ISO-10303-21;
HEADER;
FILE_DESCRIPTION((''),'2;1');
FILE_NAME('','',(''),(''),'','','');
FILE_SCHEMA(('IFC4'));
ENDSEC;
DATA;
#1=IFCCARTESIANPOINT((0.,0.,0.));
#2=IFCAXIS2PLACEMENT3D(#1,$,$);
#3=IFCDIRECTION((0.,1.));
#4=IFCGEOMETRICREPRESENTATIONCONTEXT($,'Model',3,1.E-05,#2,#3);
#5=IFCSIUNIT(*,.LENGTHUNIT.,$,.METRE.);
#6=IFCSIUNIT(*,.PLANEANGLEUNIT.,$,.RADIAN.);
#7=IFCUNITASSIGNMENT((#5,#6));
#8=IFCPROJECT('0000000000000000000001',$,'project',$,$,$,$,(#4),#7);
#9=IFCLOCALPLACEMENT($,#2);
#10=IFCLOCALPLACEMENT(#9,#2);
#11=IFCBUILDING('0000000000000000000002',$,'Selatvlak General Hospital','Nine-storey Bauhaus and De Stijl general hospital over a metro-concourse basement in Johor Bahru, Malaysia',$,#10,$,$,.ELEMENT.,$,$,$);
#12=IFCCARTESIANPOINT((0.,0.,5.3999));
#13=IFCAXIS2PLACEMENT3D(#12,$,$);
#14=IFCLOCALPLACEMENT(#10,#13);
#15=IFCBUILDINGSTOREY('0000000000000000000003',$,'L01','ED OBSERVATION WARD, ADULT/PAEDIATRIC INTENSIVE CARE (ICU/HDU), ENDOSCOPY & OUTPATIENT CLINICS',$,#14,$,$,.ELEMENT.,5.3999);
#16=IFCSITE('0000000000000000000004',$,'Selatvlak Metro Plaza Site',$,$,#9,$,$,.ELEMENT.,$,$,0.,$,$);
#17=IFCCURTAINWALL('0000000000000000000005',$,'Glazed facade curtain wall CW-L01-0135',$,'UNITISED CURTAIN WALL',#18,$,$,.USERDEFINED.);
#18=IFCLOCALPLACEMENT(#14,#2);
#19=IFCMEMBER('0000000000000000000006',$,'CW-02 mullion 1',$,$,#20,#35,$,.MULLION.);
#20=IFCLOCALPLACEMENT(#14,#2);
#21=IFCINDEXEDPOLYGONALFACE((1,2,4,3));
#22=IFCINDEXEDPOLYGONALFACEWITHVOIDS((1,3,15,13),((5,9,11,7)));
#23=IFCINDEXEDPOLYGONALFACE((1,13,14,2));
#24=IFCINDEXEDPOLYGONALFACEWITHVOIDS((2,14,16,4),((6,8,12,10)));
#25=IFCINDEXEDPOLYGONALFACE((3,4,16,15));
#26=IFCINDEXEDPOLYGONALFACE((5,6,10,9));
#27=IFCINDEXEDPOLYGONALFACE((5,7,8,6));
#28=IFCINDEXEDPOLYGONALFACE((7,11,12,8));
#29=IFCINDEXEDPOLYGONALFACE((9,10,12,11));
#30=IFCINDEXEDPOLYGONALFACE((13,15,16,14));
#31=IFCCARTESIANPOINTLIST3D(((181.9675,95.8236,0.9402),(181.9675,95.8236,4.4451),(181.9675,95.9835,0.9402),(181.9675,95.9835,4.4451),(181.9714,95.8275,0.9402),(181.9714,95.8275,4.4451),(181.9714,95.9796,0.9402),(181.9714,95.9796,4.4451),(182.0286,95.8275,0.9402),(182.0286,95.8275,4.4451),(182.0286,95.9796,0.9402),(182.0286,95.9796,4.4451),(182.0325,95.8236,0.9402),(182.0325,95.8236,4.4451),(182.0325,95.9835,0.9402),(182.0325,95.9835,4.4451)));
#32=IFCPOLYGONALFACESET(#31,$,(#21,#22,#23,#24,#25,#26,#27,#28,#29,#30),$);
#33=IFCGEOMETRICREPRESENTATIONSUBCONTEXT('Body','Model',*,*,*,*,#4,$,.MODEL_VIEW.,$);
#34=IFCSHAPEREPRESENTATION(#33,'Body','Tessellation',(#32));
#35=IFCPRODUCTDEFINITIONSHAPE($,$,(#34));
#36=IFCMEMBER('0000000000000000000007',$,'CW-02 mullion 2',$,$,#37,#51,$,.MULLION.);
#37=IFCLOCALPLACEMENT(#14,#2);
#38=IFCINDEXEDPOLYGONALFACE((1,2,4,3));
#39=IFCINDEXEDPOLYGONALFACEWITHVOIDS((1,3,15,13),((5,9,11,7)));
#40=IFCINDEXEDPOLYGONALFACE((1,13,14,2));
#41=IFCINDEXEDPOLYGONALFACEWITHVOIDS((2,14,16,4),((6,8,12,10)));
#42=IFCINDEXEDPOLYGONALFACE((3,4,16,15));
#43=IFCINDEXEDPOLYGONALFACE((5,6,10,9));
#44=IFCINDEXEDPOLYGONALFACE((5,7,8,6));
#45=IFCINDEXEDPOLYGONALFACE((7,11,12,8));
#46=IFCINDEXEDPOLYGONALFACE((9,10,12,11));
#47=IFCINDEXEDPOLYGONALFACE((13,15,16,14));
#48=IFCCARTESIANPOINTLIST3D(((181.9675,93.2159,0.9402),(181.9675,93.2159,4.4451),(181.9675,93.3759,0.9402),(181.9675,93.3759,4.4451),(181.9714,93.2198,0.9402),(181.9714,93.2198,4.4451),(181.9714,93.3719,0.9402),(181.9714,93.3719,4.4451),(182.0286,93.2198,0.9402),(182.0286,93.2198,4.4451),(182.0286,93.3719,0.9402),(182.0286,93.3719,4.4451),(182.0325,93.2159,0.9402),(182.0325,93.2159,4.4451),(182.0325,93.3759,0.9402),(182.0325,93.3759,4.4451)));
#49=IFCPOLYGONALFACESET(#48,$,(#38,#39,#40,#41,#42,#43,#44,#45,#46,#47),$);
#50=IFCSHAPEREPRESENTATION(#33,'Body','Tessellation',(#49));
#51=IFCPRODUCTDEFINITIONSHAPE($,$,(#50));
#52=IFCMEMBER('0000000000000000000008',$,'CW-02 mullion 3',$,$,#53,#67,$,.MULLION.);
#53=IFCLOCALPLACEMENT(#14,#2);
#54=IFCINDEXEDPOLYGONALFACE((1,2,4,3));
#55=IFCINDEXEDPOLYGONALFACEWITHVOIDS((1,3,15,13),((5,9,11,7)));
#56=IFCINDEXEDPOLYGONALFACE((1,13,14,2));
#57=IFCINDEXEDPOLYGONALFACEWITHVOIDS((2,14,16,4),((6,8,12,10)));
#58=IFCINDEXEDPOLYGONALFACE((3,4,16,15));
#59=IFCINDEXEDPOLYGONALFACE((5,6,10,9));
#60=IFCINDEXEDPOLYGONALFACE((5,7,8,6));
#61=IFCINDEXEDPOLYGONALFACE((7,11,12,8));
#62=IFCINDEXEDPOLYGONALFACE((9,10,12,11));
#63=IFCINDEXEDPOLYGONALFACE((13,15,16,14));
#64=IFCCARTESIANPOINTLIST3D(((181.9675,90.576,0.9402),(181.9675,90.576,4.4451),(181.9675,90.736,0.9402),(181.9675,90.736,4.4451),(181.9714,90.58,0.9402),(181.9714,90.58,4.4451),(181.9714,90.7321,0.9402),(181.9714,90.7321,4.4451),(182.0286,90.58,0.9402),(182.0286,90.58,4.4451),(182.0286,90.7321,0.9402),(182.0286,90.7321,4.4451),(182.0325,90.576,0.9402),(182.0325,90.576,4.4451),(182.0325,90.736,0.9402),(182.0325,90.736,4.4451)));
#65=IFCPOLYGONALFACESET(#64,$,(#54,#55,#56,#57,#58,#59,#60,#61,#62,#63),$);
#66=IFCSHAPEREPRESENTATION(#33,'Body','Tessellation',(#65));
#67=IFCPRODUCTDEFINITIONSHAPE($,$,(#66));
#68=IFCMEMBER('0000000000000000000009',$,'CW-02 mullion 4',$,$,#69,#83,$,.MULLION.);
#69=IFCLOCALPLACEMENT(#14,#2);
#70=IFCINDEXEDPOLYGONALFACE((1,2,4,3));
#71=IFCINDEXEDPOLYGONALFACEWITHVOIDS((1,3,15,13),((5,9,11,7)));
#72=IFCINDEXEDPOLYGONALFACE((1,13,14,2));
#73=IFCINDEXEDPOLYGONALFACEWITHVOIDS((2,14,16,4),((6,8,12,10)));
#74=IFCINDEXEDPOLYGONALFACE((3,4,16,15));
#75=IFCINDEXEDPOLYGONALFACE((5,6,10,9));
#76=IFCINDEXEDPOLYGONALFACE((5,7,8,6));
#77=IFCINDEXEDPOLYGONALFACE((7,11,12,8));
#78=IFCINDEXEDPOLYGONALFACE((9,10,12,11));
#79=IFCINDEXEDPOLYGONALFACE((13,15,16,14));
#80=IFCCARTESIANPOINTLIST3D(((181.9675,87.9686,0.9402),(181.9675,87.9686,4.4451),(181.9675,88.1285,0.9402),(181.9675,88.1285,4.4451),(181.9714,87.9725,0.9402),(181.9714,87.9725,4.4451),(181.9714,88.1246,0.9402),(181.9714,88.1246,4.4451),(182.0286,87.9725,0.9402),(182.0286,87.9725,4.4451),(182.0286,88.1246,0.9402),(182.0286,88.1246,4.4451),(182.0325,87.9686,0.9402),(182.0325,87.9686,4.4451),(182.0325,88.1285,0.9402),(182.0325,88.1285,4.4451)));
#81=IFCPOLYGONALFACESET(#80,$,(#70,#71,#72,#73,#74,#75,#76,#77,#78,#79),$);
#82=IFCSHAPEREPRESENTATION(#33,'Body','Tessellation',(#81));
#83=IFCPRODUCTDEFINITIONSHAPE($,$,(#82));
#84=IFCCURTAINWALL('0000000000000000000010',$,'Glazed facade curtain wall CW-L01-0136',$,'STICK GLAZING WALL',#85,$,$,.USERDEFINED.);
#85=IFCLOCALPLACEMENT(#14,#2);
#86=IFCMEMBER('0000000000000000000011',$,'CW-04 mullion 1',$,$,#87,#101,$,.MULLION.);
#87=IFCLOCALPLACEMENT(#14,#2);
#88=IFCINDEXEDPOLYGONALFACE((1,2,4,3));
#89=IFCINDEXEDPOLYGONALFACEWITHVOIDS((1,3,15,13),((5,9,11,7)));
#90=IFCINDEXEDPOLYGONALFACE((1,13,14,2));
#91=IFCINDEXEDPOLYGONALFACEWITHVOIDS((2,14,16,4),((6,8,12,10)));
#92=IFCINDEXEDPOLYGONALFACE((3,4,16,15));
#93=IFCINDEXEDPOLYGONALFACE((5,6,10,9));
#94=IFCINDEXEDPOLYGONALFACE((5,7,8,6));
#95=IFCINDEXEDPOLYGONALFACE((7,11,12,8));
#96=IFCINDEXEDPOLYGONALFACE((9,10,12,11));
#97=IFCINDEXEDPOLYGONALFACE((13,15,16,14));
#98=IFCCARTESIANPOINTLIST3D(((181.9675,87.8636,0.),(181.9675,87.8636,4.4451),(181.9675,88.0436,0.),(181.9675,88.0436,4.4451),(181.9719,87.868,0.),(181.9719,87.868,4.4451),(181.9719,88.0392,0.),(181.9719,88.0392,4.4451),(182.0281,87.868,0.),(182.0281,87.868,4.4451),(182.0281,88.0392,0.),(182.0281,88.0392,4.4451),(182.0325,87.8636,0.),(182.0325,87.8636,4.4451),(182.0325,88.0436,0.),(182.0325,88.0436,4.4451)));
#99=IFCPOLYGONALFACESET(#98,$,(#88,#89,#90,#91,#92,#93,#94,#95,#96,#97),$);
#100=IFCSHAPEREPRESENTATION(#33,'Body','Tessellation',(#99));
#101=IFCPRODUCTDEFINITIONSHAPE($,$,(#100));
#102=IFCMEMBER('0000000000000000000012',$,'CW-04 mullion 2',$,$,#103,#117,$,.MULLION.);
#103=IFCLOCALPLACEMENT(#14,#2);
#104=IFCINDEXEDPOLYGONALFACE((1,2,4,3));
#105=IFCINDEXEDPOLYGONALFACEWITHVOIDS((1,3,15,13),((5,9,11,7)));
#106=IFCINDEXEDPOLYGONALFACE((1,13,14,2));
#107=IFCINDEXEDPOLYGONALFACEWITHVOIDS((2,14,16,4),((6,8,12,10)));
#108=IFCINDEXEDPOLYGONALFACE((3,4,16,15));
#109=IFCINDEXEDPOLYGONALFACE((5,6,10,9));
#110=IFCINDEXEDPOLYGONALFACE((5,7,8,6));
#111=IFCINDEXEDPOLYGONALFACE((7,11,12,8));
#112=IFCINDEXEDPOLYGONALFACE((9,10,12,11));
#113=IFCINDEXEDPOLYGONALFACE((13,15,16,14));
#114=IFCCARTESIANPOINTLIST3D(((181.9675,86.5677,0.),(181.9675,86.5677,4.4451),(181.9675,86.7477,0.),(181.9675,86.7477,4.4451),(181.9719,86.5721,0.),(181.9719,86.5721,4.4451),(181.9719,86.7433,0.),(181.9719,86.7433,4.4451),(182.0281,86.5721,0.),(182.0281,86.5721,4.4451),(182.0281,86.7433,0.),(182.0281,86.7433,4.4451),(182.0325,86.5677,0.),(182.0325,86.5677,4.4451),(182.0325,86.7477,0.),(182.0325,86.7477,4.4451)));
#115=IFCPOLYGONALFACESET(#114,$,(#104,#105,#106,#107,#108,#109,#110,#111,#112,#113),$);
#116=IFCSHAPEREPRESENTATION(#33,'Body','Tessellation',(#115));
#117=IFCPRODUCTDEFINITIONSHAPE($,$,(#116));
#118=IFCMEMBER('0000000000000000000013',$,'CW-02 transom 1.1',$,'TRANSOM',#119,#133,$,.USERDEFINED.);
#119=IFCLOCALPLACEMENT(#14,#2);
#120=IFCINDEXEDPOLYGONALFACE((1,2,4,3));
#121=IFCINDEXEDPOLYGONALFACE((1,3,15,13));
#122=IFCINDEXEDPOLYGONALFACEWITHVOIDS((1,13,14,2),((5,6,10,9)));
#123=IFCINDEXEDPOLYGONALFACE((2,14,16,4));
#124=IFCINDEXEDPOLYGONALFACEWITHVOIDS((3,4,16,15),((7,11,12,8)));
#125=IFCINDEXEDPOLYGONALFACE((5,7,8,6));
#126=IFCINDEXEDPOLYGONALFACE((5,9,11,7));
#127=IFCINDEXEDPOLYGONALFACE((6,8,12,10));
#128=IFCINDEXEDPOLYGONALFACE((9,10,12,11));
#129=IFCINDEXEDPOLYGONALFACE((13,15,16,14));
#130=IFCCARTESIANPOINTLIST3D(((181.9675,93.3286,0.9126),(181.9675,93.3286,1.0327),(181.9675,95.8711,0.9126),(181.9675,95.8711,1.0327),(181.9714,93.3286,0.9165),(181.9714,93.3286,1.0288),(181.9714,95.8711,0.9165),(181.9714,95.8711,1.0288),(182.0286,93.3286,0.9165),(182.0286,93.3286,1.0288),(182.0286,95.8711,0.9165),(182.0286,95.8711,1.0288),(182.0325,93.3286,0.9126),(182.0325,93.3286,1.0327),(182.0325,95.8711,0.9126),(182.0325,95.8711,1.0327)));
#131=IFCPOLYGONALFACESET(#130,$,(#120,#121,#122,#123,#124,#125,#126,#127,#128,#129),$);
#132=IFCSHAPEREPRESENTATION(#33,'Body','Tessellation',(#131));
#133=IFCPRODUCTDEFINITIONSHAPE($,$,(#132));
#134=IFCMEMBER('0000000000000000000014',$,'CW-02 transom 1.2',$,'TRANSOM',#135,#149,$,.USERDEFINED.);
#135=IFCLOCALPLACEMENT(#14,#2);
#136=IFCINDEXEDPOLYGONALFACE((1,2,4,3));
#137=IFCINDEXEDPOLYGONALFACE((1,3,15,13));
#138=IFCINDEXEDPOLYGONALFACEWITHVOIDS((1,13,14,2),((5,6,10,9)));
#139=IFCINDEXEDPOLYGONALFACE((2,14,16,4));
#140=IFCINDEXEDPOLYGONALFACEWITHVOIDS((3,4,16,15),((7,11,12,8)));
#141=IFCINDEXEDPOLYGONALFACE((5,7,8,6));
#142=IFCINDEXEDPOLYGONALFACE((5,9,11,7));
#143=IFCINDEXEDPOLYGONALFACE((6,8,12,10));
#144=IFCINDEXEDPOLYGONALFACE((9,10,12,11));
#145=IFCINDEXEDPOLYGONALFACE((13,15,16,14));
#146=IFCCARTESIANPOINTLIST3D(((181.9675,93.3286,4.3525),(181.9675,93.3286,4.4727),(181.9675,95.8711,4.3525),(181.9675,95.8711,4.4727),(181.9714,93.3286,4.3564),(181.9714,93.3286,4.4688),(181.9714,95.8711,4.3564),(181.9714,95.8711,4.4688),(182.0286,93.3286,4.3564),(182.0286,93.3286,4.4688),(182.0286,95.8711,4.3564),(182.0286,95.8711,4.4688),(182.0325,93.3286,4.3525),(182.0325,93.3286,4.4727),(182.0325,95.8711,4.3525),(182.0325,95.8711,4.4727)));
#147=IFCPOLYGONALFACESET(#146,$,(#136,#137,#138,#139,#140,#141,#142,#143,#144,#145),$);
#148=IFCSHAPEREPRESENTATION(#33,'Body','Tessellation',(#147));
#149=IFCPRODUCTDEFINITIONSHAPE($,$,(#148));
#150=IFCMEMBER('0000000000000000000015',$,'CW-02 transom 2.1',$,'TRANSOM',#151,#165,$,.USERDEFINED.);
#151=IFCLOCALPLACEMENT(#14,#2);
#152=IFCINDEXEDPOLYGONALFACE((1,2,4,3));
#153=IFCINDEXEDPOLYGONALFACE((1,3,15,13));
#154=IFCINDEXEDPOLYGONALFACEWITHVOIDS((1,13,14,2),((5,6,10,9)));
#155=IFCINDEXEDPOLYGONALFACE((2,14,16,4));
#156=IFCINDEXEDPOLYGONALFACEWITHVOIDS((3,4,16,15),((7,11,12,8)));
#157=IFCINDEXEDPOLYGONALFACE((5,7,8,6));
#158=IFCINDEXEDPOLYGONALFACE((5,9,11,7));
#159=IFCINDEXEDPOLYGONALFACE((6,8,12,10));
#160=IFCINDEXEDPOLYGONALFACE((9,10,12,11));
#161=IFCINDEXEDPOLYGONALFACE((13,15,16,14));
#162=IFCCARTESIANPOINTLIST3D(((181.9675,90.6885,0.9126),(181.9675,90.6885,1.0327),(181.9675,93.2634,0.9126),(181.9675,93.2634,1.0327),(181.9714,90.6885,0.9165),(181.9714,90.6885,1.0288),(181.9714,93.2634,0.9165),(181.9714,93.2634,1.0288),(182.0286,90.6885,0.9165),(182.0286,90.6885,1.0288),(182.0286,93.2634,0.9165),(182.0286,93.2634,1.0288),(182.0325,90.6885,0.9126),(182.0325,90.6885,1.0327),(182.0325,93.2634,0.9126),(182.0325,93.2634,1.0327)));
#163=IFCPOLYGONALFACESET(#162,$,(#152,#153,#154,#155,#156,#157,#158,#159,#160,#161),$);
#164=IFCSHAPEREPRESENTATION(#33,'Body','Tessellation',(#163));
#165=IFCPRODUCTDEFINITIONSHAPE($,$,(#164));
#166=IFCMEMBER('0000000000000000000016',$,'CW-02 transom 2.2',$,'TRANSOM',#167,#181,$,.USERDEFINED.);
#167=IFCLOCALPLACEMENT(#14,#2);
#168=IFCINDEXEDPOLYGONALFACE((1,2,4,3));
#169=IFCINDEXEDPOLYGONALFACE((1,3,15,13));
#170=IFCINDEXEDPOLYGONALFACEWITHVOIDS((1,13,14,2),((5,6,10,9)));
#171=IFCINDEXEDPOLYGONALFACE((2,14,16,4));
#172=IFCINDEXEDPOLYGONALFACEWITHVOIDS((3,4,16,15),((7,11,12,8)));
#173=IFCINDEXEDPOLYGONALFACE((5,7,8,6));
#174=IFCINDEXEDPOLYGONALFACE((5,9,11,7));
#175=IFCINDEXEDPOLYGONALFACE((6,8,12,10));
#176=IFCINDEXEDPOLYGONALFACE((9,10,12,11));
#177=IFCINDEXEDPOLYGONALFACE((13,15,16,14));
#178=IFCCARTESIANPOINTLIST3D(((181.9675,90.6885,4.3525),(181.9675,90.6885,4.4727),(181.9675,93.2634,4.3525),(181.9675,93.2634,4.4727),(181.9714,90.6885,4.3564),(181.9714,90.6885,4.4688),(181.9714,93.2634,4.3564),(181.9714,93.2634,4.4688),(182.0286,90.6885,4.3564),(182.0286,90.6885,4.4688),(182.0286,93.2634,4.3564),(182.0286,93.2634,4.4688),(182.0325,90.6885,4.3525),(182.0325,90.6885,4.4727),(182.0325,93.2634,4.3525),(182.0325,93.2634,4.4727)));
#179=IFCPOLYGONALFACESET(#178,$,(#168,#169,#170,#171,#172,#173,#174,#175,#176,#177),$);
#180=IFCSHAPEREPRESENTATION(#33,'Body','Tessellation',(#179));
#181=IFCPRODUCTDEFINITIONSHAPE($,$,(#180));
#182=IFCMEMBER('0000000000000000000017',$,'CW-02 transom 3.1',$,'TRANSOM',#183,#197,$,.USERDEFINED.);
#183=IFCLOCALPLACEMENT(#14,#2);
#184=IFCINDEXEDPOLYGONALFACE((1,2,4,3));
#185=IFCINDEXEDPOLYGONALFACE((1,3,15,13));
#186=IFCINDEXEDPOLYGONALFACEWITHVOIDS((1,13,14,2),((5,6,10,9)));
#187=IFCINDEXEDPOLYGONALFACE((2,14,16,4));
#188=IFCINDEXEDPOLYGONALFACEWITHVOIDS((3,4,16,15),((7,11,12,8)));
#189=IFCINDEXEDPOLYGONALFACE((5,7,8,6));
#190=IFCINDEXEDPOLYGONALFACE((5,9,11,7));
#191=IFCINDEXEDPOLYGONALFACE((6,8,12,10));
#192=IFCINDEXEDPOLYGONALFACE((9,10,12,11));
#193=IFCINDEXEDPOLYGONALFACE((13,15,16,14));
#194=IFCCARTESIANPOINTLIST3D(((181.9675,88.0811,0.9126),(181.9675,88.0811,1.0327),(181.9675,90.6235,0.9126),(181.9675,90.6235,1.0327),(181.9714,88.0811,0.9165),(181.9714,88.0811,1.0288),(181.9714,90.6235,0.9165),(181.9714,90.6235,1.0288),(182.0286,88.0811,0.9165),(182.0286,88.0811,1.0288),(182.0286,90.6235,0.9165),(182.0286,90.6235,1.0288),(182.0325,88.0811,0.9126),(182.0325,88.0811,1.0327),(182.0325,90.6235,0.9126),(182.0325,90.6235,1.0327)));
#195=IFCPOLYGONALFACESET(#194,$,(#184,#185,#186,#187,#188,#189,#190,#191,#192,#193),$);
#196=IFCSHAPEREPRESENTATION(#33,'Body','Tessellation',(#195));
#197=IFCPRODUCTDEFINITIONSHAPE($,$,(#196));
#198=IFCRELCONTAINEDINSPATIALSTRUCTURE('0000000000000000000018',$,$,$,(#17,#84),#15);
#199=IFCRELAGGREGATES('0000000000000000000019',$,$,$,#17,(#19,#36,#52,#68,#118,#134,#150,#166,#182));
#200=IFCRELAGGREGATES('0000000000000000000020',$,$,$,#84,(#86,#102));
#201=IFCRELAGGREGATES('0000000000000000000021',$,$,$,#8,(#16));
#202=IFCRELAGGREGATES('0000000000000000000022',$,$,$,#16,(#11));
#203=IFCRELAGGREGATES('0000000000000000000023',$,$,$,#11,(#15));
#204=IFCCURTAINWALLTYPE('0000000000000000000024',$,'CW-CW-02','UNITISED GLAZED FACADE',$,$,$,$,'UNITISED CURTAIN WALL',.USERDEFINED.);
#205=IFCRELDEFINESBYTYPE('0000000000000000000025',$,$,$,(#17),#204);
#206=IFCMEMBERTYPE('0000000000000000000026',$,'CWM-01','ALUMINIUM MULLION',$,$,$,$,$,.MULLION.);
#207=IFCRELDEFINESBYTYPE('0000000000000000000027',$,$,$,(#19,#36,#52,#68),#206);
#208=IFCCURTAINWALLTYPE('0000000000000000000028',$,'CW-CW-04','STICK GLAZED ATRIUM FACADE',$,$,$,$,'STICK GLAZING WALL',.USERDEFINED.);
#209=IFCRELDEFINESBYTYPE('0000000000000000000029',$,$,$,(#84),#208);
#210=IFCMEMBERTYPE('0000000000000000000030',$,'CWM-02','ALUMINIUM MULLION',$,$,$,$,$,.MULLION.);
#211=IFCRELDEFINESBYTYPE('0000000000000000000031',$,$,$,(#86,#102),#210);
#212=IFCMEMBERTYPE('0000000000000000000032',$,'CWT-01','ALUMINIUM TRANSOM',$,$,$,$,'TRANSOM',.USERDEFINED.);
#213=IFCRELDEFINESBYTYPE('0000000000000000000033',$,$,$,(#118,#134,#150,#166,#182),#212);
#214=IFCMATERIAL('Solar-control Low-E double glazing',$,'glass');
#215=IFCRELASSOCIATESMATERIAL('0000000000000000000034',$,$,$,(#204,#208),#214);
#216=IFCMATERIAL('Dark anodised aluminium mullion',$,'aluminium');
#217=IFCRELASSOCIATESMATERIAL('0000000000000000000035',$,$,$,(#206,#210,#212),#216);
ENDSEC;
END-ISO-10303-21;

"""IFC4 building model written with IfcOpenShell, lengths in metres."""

from ifc_helpers import new_model, si_unit, direction, frame, origin, origin_2d, place, context, subcontext, project, spatial, hollow_rectangle, extrude, material, material_profile, profile_set, type_object, element, aggregate, save


model = new_model("IFC4")

# Units and contexts
model_context = context("Model", 3, precision=1e-05, world=origin(), true_north=direction((0.0, 1.0)))
body_context = subcontext(model_context, "Body", "Model", "MODEL_VIEW")
ifc_project = project(units=[si_unit("LENGTHUNIT", "METRE"), si_unit("PLANEANGLEUNIT", "RADIAN")], contexts=[model_context])

# Site, building, storey
site_placement = place(None, origin())
site = spatial("IfcSite", under=ifc_project, at=site_placement, Name="Selatvlak Metro Plaza Site", CompositionType="ELEMENT", RefElevation=0.0)
building_placement = place(site_placement, origin())
building = spatial("IfcBuilding", under=site, at=building_placement, Name="Selatvlak General Hospital", Description="Nine-storey Bauhaus and De Stijl general hospital over a metro-concourse basement in Johor Bahru, Malaysia", CompositionType="ELEMENT")
storey_placement = place(building_placement, frame((0.0, 0.0, 5.3999)))
storey = spatial("IfcBuildingStorey", under=building, at=storey_placement, Name="L01", Description="ED OBSERVATION WARD, ADULT/PAEDIATRIC INTENSIVE CARE (ICU/HDU), ENDOSCOPY & OUTPATIENT CLINICS", CompositionType="ELEMENT", Elevation=5.3999)

# Curtain walls, members
ifc_material_1 = material(Name="Solar-control Low-E double glazing", Category="glass")
curtain_wall_type_1 = type_object("IfcCurtainWallType", Name="CW-CW-02", Description="UNITISED GLAZED FACADE", ElementType="UNITISED CURTAIN WALL", PredefinedType="USERDEFINED", material=ifc_material_1)
curtain_wall_1_placement = place(storey_placement, origin())
curtain_wall_1 = element("IfcCurtainWall", 1, at=curtain_wall_1_placement, inside=storey, type_object=curtain_wall_type_1, Name="Glazed facade curtain wall CW-L01-0135", ObjectType="UNITISED CURTAIN WALL", PredefinedType="USERDEFINED")
ifc_material_2 = material(Name="Dark anodised aluminium mullion", Category="aluminium")
ifc_material_profile_1 = material_profile(ifc_material_2, hollow_rectangle(XDim=0.0649, YDim=0.1599, WallThickness=0.0039, at=origin_2d()), Name="AL-MUL 65x160x4")
ifc_profile_set_1 = profile_set([ifc_material_profile_1], Name="Dark anodised aluminium mullion")
member_type_1 = type_object("IfcMemberType", Name="CWM-01", Description="ALUMINIUM MULLION", PredefinedType="MULLION", material=ifc_profile_set_1)
member_1_placement = place(storey_placement, frame((182.0, 95.9036, 0.9402), z_axis=(0.0, 0.0, 1.0), x_axis=(1.0, 0.0, 0.0)))
member_1 = element("IfcMember", 2, at=member_1_placement, type_object=member_type_1, Name="CW-02 mullion 1", PredefinedType="MULLION", context=body_context, shape_type="SweptSolid", body=[
    extrude(hollow_rectangle(XDim=0.0649, YDim=0.1599, WallThickness=0.0039, at=origin_2d()), origin(), (0.0, 0.0, 1.0), 3.5049),
])
member_2_placement = place(storey_placement, frame((182.0, 93.2959, 0.9402), z_axis=(0.0, 0.0, 1.0), x_axis=(1.0, 0.0, 0.0)))
member_2 = element("IfcMember", 3, at=member_2_placement, type_object=member_type_1, Name="CW-02 mullion 2", PredefinedType="MULLION", context=body_context, shape_type="SweptSolid", body=[
    extrude(hollow_rectangle(XDim=0.0649, YDim=0.1599, WallThickness=0.0039, at=origin_2d()), origin(), (0.0, 0.0, 1.0), 3.5049),
])
member_3_placement = place(storey_placement, frame((182.0, 90.656, 0.9402), z_axis=(0.0, 0.0, 1.0), x_axis=(1.0, 0.0, 0.0)))
member_3 = element("IfcMember", 4, at=member_3_placement, type_object=member_type_1, Name="CW-02 mullion 3", PredefinedType="MULLION", context=body_context, shape_type="SweptSolid", body=[
    extrude(hollow_rectangle(XDim=0.0649, YDim=0.1599, WallThickness=0.0039, at=origin_2d()), origin(), (0.0, 0.0, 1.0), 3.5049),
])
member_4_placement = place(storey_placement, frame((182.0, 88.0486, 0.9402), z_axis=(0.0, 0.0, 1.0), x_axis=(1.0, 0.0, 0.0)))
member_4 = element("IfcMember", 5, at=member_4_placement, type_object=member_type_1, Name="CW-02 mullion 4", PredefinedType="MULLION", context=body_context, shape_type="SweptSolid", body=[
    extrude(hollow_rectangle(XDim=0.0649, YDim=0.1599, WallThickness=0.0039, at=origin_2d()), origin(), (0.0, 0.0, 1.0), 3.5049),
])
curtain_wall_type_2 = type_object("IfcCurtainWallType", Name="CW-CW-04", Description="STICK GLAZED ATRIUM FACADE", ElementType="STICK GLAZING WALL", PredefinedType="USERDEFINED", material=ifc_material_1)
curtain_wall_2_placement = place(storey_placement, origin())
curtain_wall_2 = element("IfcCurtainWall", 6, at=curtain_wall_2_placement, inside=storey, type_object=curtain_wall_type_2, Name="Glazed facade curtain wall CW-L01-0136", ObjectType="STICK GLAZING WALL", PredefinedType="USERDEFINED")
ifc_material_profile_2 = material_profile(ifc_material_2, hollow_rectangle(XDim=0.0649, YDim=0.1799, WallThickness=0.0044, at=origin_2d()), Name="AL-MUL 65x180x4.5")
ifc_profile_set_2 = profile_set([ifc_material_profile_2], Name="Dark anodised aluminium mullion")
member_type_2 = type_object("IfcMemberType", Name="CWM-02", Description="ALUMINIUM MULLION", PredefinedType="MULLION", material=ifc_profile_set_2)
member_5_placement = place(storey_placement, frame((182.0, 87.9536, 0.0), z_axis=(0.0, 0.0, 1.0), x_axis=(1.0, 0.0, 0.0)))
member_5 = element("IfcMember", 7, at=member_5_placement, type_object=member_type_2, Name="CW-04 mullion 1", PredefinedType="MULLION", context=body_context, shape_type="SweptSolid", body=[
    extrude(hollow_rectangle(XDim=0.0649, YDim=0.1799, WallThickness=0.0044, at=origin_2d()), origin(), (0.0, 0.0, 1.0), 4.4451),
])
member_6_placement = place(storey_placement, frame((182.0, 86.6577, 0.0), z_axis=(0.0, 0.0, 1.0), x_axis=(1.0, 0.0, 0.0)))
member_6 = element("IfcMember", 8, at=member_6_placement, type_object=member_type_2, Name="CW-04 mullion 2", PredefinedType="MULLION", context=body_context, shape_type="SweptSolid", body=[
    extrude(hollow_rectangle(XDim=0.0649, YDim=0.1799, WallThickness=0.0044, at=origin_2d()), origin(), (0.0, 0.0, 1.0), 4.4451),
])

# Members
ifc_material_profile_3 = material_profile(ifc_material_2, hollow_rectangle(XDim=0.0649, YDim=0.1201, WallThickness=0.0039, at=origin_2d()), Name="AL-TRN 65x120x4")
ifc_profile_set_3 = profile_set([ifc_material_profile_3], Name="Dark anodised aluminium mullion")
member_type_3 = type_object("IfcMemberType", Name="CWT-01", Description="ALUMINIUM TRANSOM", ElementType="TRANSOM", PredefinedType="USERDEFINED", material=ifc_profile_set_3)
member_7_placement = place(storey_placement, frame((182.0, 95.8711, 0.9727), z_axis=(0.0, -1.0, 0.0), x_axis=(1.0, 0.0, 0.0)))
member_7 = element("IfcMember", 9, at=member_7_placement, type_object=member_type_3, Name="CW-02 transom 1.1", ObjectType="TRANSOM", PredefinedType="USERDEFINED", context=body_context, shape_type="SweptSolid", body=[
    extrude(hollow_rectangle(XDim=0.0649, YDim=0.1201, WallThickness=0.0039, at=origin_2d()), origin(), (0.0, 0.0, 1.0), 2.5425),
])
member_8_placement = place(storey_placement, frame((182.0, 95.8711, 4.4126), z_axis=(0.0, -1.0, 0.0), x_axis=(1.0, 0.0, 0.0)))
member_8 = element("IfcMember", 10, at=member_8_placement, type_object=member_type_3, Name="CW-02 transom 1.2", ObjectType="TRANSOM", PredefinedType="USERDEFINED", context=body_context, shape_type="SweptSolid", body=[
    extrude(hollow_rectangle(XDim=0.0649, YDim=0.1201, WallThickness=0.0039, at=origin_2d()), origin(), (0.0, 0.0, 1.0), 2.5425),
])
member_9_placement = place(storey_placement, frame((182.0, 93.2634, 0.9727), z_axis=(0.0, -1.0, 0.0), x_axis=(1.0, 0.0, 0.0)))
member_9 = element("IfcMember", 11, at=member_9_placement, type_object=member_type_3, Name="CW-02 transom 2.1", ObjectType="TRANSOM", PredefinedType="USERDEFINED", context=body_context, shape_type="SweptSolid", body=[
    extrude(hollow_rectangle(XDim=0.0649, YDim=0.1201, WallThickness=0.0039, at=origin_2d()), origin(), (0.0, 0.0, 1.0), 2.575),
])
member_10_placement = place(storey_placement, frame((182.0, 93.2634, 4.4126), z_axis=(0.0, -1.0, 0.0), x_axis=(1.0, 0.0, 0.0)))
member_10 = element("IfcMember", 12, at=member_10_placement, type_object=member_type_3, Name="CW-02 transom 2.2", ObjectType="TRANSOM", PredefinedType="USERDEFINED", context=body_context, shape_type="SweptSolid", body=[
    extrude(hollow_rectangle(XDim=0.0649, YDim=0.1201, WallThickness=0.0039, at=origin_2d()), origin(), (0.0, 0.0, 1.0), 2.575),
])
member_11_placement = place(storey_placement, frame((182.0, 90.6235, 0.9727), z_axis=(0.0, -1.0, 0.0), x_axis=(1.0, 0.0, 0.0)))
member_11 = element("IfcMember", 13, at=member_11_placement, type_object=member_type_3, Name="CW-02 transom 3.1", ObjectType="TRANSOM", PredefinedType="USERDEFINED", context=body_context, shape_type="SweptSolid", body=[
    extrude(hollow_rectangle(XDim=0.0649, YDim=0.1201, WallThickness=0.0039, at=origin_2d()), origin(), (0.0, 0.0, 1.0), 2.5425),
])

aggregate(curtain_wall_1, [member_1, member_2, member_3, member_4, member_7, member_8, member_9, member_10, member_11])
aggregate(curtain_wall_2, [member_5, member_6])

save(model, "model.ifc")
